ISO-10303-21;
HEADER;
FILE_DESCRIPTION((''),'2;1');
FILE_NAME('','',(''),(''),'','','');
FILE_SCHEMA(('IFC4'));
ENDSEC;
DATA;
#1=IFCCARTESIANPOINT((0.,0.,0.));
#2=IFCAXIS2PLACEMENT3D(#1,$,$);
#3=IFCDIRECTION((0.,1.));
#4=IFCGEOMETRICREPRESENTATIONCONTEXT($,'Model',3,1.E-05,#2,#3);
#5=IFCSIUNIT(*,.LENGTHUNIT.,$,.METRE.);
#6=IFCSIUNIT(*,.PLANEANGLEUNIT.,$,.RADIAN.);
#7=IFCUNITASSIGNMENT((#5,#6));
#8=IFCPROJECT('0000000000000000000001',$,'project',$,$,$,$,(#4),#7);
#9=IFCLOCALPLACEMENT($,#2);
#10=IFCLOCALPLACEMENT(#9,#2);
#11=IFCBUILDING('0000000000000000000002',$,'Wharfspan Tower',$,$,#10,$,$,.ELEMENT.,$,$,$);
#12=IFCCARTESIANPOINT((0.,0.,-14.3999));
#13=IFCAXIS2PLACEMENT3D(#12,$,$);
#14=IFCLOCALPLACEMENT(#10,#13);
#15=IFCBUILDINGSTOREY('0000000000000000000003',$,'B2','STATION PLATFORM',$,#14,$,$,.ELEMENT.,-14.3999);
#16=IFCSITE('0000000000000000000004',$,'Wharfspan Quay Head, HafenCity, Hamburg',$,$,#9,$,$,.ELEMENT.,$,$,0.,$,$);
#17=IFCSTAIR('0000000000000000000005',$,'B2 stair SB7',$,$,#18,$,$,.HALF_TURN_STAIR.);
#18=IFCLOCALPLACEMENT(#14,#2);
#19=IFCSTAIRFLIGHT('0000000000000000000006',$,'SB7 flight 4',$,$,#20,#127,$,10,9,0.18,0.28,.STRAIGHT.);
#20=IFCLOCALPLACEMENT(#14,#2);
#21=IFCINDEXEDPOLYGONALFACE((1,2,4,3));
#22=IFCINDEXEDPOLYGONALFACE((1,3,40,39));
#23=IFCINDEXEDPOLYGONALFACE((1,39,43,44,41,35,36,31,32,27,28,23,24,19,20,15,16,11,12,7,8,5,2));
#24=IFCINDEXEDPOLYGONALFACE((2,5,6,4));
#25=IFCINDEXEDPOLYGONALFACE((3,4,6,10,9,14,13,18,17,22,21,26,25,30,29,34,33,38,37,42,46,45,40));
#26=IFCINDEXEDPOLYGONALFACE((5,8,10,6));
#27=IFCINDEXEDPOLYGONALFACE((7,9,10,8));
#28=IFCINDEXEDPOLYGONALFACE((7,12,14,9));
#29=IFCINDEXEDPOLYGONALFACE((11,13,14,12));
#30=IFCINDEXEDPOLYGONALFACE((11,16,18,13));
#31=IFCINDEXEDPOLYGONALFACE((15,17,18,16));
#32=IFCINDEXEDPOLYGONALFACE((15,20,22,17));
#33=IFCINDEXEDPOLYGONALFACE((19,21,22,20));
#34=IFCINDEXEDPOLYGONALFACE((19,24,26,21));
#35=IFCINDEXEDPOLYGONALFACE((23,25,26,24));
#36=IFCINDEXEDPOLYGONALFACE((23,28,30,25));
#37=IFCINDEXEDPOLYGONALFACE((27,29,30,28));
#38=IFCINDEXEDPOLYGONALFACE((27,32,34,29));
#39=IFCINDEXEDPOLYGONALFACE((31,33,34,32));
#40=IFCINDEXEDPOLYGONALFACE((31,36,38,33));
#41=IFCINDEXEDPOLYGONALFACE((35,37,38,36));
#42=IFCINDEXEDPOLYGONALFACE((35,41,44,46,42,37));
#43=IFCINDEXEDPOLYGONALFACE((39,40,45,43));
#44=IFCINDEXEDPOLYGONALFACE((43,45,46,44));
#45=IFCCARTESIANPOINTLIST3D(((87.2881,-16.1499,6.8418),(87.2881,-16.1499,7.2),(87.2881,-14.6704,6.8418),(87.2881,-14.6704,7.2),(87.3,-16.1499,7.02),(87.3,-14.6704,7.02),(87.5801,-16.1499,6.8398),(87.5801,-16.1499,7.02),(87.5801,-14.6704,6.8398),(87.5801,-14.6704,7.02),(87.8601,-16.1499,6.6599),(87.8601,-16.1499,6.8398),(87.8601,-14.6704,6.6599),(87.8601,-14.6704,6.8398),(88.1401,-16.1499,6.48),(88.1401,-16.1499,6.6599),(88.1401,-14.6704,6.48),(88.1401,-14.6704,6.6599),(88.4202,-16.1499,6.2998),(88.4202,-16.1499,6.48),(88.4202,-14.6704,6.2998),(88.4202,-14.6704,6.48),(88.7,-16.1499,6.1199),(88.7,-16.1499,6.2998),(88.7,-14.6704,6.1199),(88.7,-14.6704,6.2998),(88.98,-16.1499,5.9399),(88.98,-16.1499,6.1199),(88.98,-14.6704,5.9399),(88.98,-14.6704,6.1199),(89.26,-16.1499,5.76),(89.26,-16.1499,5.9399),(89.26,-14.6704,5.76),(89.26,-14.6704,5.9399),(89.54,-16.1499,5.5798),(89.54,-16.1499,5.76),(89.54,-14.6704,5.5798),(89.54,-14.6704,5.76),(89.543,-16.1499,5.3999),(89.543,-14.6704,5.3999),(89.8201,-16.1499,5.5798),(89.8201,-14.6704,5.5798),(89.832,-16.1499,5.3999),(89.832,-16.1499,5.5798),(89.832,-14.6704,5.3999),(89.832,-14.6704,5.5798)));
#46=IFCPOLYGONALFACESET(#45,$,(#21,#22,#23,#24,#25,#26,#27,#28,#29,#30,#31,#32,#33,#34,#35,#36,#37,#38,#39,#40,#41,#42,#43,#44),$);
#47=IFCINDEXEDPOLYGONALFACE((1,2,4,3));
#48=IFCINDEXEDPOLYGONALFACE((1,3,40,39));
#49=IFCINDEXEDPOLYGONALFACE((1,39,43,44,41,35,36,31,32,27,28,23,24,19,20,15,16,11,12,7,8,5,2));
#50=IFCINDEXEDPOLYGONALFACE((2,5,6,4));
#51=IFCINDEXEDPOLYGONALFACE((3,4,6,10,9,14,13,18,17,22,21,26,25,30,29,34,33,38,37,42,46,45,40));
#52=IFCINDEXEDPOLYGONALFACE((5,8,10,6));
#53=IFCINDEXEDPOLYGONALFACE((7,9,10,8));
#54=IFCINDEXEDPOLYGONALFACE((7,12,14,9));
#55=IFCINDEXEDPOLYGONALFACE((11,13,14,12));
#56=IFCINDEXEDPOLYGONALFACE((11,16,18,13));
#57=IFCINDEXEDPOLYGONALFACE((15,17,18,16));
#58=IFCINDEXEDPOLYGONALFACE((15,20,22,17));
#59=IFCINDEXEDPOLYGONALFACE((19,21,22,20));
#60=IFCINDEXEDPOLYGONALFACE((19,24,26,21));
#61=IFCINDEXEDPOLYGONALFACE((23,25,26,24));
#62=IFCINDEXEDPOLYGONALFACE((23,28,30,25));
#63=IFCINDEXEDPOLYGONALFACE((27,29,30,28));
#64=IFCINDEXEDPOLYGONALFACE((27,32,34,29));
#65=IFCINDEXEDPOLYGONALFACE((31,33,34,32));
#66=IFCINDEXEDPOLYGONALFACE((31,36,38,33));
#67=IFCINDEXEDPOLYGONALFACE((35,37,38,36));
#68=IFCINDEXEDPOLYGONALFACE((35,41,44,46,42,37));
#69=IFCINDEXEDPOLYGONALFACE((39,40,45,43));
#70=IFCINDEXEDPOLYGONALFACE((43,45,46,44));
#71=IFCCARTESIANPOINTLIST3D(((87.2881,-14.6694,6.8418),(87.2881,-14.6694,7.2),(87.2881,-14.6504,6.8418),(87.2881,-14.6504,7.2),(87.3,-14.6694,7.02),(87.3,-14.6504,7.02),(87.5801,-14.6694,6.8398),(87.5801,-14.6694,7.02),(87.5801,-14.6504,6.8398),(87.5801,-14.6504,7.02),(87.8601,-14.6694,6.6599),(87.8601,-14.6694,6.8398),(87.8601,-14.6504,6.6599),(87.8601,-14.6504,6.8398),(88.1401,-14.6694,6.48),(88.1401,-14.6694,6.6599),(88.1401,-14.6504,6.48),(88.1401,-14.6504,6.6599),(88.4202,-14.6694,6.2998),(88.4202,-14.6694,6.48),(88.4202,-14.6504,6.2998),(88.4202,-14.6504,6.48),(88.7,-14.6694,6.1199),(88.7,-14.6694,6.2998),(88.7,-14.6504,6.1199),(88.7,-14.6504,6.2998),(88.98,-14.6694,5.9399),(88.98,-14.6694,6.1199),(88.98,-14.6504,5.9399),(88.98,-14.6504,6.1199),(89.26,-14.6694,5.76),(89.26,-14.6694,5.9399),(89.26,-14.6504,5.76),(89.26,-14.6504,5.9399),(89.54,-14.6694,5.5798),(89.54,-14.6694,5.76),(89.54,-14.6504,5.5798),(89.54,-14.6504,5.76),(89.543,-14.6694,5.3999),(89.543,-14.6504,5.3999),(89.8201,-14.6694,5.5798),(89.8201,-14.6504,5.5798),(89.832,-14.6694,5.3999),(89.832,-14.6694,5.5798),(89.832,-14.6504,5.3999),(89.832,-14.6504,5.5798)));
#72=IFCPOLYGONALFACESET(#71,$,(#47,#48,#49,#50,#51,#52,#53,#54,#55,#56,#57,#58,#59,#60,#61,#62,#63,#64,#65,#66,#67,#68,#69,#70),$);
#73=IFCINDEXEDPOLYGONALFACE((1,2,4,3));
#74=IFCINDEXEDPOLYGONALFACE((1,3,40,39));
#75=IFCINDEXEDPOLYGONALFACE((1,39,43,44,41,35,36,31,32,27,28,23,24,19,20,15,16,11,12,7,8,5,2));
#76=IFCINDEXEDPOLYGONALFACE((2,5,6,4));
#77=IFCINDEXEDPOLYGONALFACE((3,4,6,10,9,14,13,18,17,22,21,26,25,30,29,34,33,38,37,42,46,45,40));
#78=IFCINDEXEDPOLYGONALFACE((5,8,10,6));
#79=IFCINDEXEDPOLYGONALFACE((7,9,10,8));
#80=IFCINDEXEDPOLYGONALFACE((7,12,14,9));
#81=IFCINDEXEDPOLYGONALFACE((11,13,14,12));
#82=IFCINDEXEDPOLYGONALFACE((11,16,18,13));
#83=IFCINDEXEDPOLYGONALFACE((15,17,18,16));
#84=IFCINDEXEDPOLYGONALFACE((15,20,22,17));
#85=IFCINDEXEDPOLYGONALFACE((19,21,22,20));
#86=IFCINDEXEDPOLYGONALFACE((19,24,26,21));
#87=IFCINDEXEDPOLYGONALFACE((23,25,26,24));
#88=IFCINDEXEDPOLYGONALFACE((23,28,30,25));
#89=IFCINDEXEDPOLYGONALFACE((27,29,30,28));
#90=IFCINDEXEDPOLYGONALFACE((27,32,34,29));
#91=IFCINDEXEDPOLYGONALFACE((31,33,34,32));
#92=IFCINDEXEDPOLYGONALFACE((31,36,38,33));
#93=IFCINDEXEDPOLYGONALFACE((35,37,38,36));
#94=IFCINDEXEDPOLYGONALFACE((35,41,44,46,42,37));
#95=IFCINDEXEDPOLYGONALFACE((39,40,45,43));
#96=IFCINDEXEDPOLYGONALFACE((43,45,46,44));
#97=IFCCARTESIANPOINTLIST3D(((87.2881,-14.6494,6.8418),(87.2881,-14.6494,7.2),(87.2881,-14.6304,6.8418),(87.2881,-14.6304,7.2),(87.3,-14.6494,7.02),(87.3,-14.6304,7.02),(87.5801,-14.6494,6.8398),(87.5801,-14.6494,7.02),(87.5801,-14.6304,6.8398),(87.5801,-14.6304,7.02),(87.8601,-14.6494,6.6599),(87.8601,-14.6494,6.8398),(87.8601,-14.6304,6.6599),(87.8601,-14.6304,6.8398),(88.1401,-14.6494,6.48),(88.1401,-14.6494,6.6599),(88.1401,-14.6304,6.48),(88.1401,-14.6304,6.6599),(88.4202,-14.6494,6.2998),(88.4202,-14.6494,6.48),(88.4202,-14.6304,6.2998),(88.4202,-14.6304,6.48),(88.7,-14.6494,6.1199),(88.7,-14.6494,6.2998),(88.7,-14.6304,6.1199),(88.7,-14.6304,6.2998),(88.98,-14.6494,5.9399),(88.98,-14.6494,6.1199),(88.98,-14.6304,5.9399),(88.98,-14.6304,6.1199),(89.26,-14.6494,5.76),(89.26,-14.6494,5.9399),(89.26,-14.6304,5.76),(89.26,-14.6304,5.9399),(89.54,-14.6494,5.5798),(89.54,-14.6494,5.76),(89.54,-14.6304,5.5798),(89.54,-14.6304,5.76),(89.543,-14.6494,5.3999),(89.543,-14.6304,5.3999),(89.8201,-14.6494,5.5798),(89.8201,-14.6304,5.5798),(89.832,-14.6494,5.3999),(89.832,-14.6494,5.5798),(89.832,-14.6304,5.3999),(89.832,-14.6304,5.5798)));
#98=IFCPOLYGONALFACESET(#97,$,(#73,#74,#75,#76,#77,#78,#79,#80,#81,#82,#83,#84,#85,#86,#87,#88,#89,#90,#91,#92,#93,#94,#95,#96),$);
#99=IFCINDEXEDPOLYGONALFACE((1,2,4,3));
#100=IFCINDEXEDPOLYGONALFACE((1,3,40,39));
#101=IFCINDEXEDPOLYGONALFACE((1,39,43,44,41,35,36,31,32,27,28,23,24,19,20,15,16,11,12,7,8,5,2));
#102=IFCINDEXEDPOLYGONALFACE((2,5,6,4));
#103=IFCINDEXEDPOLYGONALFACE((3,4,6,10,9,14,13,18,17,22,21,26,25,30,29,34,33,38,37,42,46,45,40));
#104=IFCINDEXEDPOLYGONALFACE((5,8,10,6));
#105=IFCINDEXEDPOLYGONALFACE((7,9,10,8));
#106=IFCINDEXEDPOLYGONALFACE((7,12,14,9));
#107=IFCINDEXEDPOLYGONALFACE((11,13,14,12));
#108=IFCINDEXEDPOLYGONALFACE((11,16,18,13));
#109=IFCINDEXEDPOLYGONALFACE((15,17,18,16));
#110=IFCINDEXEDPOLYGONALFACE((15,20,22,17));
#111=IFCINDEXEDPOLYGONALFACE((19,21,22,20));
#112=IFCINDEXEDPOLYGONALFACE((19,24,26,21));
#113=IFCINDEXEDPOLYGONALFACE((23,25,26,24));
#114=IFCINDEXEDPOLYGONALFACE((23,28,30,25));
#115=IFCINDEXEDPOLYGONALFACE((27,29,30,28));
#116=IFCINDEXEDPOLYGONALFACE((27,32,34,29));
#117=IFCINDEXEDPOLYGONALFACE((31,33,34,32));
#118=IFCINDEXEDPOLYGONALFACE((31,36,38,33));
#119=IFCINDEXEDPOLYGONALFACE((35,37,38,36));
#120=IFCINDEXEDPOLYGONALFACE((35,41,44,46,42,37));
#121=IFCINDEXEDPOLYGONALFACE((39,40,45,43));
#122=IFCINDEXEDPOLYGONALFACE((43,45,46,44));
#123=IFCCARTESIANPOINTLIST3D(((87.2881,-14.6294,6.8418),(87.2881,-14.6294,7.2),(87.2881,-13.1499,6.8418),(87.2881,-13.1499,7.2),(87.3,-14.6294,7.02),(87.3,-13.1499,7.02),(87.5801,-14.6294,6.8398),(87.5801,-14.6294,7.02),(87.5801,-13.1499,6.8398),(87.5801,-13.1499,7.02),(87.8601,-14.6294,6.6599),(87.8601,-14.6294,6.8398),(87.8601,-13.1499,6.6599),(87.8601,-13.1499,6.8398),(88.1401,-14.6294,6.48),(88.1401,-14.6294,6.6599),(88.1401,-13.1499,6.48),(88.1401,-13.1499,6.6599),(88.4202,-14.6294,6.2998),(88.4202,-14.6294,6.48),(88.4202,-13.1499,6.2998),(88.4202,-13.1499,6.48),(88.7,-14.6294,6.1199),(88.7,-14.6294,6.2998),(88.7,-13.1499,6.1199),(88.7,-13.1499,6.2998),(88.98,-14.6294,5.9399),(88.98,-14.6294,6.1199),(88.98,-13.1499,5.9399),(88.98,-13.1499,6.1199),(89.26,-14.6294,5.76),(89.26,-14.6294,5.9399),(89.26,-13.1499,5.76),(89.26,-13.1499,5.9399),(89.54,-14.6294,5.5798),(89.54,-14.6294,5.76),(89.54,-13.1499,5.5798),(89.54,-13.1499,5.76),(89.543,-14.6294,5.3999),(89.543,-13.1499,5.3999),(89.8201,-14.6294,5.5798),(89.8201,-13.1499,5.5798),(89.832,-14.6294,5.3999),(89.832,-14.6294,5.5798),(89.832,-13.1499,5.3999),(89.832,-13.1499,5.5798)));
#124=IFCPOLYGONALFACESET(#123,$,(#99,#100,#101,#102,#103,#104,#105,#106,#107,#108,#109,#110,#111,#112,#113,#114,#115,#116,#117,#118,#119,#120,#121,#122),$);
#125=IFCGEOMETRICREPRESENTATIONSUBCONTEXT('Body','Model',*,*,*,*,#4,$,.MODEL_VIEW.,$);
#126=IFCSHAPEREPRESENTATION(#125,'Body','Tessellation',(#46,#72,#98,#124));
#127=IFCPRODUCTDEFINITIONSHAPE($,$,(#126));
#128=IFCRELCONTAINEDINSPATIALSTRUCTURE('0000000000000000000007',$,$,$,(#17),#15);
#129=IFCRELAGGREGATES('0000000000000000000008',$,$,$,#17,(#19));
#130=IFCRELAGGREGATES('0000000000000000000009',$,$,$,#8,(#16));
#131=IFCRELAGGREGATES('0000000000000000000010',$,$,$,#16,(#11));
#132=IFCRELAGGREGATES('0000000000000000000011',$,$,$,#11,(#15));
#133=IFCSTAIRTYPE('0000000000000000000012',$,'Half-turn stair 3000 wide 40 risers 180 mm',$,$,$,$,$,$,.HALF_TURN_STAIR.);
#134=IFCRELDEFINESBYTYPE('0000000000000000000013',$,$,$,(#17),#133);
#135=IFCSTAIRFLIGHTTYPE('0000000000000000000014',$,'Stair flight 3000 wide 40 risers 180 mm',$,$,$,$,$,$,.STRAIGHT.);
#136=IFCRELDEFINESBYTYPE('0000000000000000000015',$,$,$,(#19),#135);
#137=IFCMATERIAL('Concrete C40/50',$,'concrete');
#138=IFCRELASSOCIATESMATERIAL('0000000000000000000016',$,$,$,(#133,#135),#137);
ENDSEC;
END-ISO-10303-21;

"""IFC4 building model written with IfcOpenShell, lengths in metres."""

from ifc_helpers import new_model, si_unit, direction, frame, origin, place, context, subcontext, project, spatial, polyline, outline, extrude, material, type_object, element, aggregate, save


model = new_model("IFC4")

# Units and contexts
model_context = context("Model", 3, precision=1e-05, world=origin(), true_north=direction((0.0, 1.0)))
body_context = subcontext(model_context, "Body", "Model", "MODEL_VIEW")
ifc_project = project(units=[si_unit("LENGTHUNIT", "METRE"), si_unit("PLANEANGLEUNIT", "RADIAN")], contexts=[model_context])

# Site, building, storey
site_placement = place(None, origin())
site = spatial("IfcSite", under=ifc_project, at=site_placement, Name="Wharfspan Quay Head, HafenCity, Hamburg", CompositionType="ELEMENT", RefElevation=0.0)
building_placement = place(site_placement, origin())
building = spatial("IfcBuilding", under=site, at=building_placement, Name="Wharfspan Tower", CompositionType="ELEMENT")
storey_placement = place(building_placement, frame((0.0, 0.0, -14.3999)))
storey = spatial("IfcBuildingStorey", under=building, at=storey_placement, Name="B2", Description="STATION PLATFORM", CompositionType="ELEMENT", Elevation=-14.3999)

# Shared definitions
ifc_material_1 = material(Name="Concrete C40/50", Category="concrete")

# Stair, stair flight
stair_type = type_object("IfcStairType", Name="Half-turn stair 3000 wide 40 risers 180 mm", PredefinedType="HALF_TURN_STAIR", material=ifc_material_1)
stair_placement = place(storey_placement, origin())
stair = element("IfcStair", 1, at=stair_placement, inside=storey, type_object=stair_type, Name="B2 stair SB7", PredefinedType="HALF_TURN_STAIR")
stair_flight_type = type_object("IfcStairFlightType", Name="Stair flight 3000 wide 40 risers 180 mm", PredefinedType="STRAIGHT", material=ifc_material_1)
stair_flight_1_placement = place(storey_placement, frame((89.8201, -14.6499, 5.3999), z_axis=(0.0, 0.0, 1.0), x_axis=(-1.0, 0.0, 0.0)))
stair_flight_1 = element("IfcStairFlight", 2, at=stair_flight_1_placement, type_object=stair_flight_type, Name="SB7 flight 4", NumberOfRisers=10, NumberOfTreads=9, PredefinedType="STRAIGHT", RiserHeight=0.18, TreadLength=0.28, context=body_context, shape_type="SweptSolid", body=[
    extrude(outline(polyline([(-0.012, 0.0), (-0.012, 0.1799), (0.0, 0.1799), (0.28, 0.1799), (0.28, 0.3601), (0.5601, 0.3601), (0.5601, 0.54), (0.8401, 0.54), (0.8401, 0.72), (1.1201, 0.72), (1.1201, 0.8999), (1.3999, 0.8999), (1.3999, 1.0801), (1.6799, 1.0801), (1.6799, 1.26), (1.96, 1.26), (1.96, 1.4399), (2.24, 1.4399), (2.24, 1.6201), (2.52, 1.6201), (2.532, 1.8), (2.532, 1.4419), (0.2771, 0.0), (-0.012, 0.0)])), frame((0.0, 1.5, 0.0), z_axis=(0.0, -1.0, 0.0), x_axis=(1.0, 0.0, 0.0)), (0.0, 0.0, 1.0), 1.4795),
    extrude(outline(polyline([(-0.012, 0.0), (-0.012, 0.1799), (0.0, 0.1799), (0.28, 0.1799), (0.28, 0.3601), (0.5601, 0.3601), (0.5601, 0.54), (0.8401, 0.54), (0.8401, 0.72), (1.1201, 0.72), (1.1201, 0.8999), (1.3999, 0.8999), (1.3999, 1.0801), (1.6799, 1.0801), (1.6799, 1.26), (1.96, 1.26), (1.96, 1.4399), (2.24, 1.4399), (2.24, 1.6201), (2.52, 1.6201), (2.532, 1.8), (2.532, 1.4419), (0.2771, 0.0), (-0.012, 0.0)])), frame((0.0, 0.0195, 0.0), z_axis=(0.0, -1.0, 0.0), x_axis=(1.0, 0.0, 0.0)), (0.0, 0.0, 1.0), 0.019),
    extrude(outline(polyline([(-0.012, 0.0), (-0.012, 0.1799), (0.0, 0.1799), (0.28, 0.1799), (0.28, 0.3601), (0.5601, 0.3601), (0.5601, 0.54), (0.8401, 0.54), (0.8401, 0.72), (1.1201, 0.72), (1.1201, 0.8999), (1.3999, 0.8999), (1.3999, 1.0801), (1.6799, 1.0801), (1.6799, 1.26), (1.96, 1.26), (1.96, 1.4399), (2.24, 1.4399), (2.24, 1.6201), (2.52, 1.6201), (2.532, 1.8), (2.532, 1.4419), (0.2771, 0.0), (-0.012, 0.0)])), frame((0.0, -0.0005, 0.0), z_axis=(0.0, -1.0, 0.0), x_axis=(1.0, 0.0, 0.0)), (0.0, 0.0, 1.0), 0.019),
    extrude(outline(polyline([(-0.012, 0.0), (-0.012, 0.1799), (0.0, 0.1799), (0.28, 0.1799), (0.28, 0.3601), (0.5601, 0.3601), (0.5601, 0.54), (0.8401, 0.54), (0.8401, 0.72), (1.1201, 0.72), (1.1201, 0.8999), (1.3999, 0.8999), (1.3999, 1.0801), (1.6799, 1.0801), (1.6799, 1.26), (1.96, 1.26), (1.96, 1.4399), (2.24, 1.4399), (2.24, 1.6201), (2.52, 1.6201), (2.532, 1.8), (2.532, 1.4419), (0.2771, 0.0), (-0.012, 0.0)])), frame((0.0, -0.0205, 0.0), z_axis=(0.0, -1.0, 0.0), x_axis=(1.0, 0.0, 0.0)), (0.0, 0.0, 1.0), 1.4795),
])
aggregate(stair, [stair_flight_1])

save(model, "model.ifc")
